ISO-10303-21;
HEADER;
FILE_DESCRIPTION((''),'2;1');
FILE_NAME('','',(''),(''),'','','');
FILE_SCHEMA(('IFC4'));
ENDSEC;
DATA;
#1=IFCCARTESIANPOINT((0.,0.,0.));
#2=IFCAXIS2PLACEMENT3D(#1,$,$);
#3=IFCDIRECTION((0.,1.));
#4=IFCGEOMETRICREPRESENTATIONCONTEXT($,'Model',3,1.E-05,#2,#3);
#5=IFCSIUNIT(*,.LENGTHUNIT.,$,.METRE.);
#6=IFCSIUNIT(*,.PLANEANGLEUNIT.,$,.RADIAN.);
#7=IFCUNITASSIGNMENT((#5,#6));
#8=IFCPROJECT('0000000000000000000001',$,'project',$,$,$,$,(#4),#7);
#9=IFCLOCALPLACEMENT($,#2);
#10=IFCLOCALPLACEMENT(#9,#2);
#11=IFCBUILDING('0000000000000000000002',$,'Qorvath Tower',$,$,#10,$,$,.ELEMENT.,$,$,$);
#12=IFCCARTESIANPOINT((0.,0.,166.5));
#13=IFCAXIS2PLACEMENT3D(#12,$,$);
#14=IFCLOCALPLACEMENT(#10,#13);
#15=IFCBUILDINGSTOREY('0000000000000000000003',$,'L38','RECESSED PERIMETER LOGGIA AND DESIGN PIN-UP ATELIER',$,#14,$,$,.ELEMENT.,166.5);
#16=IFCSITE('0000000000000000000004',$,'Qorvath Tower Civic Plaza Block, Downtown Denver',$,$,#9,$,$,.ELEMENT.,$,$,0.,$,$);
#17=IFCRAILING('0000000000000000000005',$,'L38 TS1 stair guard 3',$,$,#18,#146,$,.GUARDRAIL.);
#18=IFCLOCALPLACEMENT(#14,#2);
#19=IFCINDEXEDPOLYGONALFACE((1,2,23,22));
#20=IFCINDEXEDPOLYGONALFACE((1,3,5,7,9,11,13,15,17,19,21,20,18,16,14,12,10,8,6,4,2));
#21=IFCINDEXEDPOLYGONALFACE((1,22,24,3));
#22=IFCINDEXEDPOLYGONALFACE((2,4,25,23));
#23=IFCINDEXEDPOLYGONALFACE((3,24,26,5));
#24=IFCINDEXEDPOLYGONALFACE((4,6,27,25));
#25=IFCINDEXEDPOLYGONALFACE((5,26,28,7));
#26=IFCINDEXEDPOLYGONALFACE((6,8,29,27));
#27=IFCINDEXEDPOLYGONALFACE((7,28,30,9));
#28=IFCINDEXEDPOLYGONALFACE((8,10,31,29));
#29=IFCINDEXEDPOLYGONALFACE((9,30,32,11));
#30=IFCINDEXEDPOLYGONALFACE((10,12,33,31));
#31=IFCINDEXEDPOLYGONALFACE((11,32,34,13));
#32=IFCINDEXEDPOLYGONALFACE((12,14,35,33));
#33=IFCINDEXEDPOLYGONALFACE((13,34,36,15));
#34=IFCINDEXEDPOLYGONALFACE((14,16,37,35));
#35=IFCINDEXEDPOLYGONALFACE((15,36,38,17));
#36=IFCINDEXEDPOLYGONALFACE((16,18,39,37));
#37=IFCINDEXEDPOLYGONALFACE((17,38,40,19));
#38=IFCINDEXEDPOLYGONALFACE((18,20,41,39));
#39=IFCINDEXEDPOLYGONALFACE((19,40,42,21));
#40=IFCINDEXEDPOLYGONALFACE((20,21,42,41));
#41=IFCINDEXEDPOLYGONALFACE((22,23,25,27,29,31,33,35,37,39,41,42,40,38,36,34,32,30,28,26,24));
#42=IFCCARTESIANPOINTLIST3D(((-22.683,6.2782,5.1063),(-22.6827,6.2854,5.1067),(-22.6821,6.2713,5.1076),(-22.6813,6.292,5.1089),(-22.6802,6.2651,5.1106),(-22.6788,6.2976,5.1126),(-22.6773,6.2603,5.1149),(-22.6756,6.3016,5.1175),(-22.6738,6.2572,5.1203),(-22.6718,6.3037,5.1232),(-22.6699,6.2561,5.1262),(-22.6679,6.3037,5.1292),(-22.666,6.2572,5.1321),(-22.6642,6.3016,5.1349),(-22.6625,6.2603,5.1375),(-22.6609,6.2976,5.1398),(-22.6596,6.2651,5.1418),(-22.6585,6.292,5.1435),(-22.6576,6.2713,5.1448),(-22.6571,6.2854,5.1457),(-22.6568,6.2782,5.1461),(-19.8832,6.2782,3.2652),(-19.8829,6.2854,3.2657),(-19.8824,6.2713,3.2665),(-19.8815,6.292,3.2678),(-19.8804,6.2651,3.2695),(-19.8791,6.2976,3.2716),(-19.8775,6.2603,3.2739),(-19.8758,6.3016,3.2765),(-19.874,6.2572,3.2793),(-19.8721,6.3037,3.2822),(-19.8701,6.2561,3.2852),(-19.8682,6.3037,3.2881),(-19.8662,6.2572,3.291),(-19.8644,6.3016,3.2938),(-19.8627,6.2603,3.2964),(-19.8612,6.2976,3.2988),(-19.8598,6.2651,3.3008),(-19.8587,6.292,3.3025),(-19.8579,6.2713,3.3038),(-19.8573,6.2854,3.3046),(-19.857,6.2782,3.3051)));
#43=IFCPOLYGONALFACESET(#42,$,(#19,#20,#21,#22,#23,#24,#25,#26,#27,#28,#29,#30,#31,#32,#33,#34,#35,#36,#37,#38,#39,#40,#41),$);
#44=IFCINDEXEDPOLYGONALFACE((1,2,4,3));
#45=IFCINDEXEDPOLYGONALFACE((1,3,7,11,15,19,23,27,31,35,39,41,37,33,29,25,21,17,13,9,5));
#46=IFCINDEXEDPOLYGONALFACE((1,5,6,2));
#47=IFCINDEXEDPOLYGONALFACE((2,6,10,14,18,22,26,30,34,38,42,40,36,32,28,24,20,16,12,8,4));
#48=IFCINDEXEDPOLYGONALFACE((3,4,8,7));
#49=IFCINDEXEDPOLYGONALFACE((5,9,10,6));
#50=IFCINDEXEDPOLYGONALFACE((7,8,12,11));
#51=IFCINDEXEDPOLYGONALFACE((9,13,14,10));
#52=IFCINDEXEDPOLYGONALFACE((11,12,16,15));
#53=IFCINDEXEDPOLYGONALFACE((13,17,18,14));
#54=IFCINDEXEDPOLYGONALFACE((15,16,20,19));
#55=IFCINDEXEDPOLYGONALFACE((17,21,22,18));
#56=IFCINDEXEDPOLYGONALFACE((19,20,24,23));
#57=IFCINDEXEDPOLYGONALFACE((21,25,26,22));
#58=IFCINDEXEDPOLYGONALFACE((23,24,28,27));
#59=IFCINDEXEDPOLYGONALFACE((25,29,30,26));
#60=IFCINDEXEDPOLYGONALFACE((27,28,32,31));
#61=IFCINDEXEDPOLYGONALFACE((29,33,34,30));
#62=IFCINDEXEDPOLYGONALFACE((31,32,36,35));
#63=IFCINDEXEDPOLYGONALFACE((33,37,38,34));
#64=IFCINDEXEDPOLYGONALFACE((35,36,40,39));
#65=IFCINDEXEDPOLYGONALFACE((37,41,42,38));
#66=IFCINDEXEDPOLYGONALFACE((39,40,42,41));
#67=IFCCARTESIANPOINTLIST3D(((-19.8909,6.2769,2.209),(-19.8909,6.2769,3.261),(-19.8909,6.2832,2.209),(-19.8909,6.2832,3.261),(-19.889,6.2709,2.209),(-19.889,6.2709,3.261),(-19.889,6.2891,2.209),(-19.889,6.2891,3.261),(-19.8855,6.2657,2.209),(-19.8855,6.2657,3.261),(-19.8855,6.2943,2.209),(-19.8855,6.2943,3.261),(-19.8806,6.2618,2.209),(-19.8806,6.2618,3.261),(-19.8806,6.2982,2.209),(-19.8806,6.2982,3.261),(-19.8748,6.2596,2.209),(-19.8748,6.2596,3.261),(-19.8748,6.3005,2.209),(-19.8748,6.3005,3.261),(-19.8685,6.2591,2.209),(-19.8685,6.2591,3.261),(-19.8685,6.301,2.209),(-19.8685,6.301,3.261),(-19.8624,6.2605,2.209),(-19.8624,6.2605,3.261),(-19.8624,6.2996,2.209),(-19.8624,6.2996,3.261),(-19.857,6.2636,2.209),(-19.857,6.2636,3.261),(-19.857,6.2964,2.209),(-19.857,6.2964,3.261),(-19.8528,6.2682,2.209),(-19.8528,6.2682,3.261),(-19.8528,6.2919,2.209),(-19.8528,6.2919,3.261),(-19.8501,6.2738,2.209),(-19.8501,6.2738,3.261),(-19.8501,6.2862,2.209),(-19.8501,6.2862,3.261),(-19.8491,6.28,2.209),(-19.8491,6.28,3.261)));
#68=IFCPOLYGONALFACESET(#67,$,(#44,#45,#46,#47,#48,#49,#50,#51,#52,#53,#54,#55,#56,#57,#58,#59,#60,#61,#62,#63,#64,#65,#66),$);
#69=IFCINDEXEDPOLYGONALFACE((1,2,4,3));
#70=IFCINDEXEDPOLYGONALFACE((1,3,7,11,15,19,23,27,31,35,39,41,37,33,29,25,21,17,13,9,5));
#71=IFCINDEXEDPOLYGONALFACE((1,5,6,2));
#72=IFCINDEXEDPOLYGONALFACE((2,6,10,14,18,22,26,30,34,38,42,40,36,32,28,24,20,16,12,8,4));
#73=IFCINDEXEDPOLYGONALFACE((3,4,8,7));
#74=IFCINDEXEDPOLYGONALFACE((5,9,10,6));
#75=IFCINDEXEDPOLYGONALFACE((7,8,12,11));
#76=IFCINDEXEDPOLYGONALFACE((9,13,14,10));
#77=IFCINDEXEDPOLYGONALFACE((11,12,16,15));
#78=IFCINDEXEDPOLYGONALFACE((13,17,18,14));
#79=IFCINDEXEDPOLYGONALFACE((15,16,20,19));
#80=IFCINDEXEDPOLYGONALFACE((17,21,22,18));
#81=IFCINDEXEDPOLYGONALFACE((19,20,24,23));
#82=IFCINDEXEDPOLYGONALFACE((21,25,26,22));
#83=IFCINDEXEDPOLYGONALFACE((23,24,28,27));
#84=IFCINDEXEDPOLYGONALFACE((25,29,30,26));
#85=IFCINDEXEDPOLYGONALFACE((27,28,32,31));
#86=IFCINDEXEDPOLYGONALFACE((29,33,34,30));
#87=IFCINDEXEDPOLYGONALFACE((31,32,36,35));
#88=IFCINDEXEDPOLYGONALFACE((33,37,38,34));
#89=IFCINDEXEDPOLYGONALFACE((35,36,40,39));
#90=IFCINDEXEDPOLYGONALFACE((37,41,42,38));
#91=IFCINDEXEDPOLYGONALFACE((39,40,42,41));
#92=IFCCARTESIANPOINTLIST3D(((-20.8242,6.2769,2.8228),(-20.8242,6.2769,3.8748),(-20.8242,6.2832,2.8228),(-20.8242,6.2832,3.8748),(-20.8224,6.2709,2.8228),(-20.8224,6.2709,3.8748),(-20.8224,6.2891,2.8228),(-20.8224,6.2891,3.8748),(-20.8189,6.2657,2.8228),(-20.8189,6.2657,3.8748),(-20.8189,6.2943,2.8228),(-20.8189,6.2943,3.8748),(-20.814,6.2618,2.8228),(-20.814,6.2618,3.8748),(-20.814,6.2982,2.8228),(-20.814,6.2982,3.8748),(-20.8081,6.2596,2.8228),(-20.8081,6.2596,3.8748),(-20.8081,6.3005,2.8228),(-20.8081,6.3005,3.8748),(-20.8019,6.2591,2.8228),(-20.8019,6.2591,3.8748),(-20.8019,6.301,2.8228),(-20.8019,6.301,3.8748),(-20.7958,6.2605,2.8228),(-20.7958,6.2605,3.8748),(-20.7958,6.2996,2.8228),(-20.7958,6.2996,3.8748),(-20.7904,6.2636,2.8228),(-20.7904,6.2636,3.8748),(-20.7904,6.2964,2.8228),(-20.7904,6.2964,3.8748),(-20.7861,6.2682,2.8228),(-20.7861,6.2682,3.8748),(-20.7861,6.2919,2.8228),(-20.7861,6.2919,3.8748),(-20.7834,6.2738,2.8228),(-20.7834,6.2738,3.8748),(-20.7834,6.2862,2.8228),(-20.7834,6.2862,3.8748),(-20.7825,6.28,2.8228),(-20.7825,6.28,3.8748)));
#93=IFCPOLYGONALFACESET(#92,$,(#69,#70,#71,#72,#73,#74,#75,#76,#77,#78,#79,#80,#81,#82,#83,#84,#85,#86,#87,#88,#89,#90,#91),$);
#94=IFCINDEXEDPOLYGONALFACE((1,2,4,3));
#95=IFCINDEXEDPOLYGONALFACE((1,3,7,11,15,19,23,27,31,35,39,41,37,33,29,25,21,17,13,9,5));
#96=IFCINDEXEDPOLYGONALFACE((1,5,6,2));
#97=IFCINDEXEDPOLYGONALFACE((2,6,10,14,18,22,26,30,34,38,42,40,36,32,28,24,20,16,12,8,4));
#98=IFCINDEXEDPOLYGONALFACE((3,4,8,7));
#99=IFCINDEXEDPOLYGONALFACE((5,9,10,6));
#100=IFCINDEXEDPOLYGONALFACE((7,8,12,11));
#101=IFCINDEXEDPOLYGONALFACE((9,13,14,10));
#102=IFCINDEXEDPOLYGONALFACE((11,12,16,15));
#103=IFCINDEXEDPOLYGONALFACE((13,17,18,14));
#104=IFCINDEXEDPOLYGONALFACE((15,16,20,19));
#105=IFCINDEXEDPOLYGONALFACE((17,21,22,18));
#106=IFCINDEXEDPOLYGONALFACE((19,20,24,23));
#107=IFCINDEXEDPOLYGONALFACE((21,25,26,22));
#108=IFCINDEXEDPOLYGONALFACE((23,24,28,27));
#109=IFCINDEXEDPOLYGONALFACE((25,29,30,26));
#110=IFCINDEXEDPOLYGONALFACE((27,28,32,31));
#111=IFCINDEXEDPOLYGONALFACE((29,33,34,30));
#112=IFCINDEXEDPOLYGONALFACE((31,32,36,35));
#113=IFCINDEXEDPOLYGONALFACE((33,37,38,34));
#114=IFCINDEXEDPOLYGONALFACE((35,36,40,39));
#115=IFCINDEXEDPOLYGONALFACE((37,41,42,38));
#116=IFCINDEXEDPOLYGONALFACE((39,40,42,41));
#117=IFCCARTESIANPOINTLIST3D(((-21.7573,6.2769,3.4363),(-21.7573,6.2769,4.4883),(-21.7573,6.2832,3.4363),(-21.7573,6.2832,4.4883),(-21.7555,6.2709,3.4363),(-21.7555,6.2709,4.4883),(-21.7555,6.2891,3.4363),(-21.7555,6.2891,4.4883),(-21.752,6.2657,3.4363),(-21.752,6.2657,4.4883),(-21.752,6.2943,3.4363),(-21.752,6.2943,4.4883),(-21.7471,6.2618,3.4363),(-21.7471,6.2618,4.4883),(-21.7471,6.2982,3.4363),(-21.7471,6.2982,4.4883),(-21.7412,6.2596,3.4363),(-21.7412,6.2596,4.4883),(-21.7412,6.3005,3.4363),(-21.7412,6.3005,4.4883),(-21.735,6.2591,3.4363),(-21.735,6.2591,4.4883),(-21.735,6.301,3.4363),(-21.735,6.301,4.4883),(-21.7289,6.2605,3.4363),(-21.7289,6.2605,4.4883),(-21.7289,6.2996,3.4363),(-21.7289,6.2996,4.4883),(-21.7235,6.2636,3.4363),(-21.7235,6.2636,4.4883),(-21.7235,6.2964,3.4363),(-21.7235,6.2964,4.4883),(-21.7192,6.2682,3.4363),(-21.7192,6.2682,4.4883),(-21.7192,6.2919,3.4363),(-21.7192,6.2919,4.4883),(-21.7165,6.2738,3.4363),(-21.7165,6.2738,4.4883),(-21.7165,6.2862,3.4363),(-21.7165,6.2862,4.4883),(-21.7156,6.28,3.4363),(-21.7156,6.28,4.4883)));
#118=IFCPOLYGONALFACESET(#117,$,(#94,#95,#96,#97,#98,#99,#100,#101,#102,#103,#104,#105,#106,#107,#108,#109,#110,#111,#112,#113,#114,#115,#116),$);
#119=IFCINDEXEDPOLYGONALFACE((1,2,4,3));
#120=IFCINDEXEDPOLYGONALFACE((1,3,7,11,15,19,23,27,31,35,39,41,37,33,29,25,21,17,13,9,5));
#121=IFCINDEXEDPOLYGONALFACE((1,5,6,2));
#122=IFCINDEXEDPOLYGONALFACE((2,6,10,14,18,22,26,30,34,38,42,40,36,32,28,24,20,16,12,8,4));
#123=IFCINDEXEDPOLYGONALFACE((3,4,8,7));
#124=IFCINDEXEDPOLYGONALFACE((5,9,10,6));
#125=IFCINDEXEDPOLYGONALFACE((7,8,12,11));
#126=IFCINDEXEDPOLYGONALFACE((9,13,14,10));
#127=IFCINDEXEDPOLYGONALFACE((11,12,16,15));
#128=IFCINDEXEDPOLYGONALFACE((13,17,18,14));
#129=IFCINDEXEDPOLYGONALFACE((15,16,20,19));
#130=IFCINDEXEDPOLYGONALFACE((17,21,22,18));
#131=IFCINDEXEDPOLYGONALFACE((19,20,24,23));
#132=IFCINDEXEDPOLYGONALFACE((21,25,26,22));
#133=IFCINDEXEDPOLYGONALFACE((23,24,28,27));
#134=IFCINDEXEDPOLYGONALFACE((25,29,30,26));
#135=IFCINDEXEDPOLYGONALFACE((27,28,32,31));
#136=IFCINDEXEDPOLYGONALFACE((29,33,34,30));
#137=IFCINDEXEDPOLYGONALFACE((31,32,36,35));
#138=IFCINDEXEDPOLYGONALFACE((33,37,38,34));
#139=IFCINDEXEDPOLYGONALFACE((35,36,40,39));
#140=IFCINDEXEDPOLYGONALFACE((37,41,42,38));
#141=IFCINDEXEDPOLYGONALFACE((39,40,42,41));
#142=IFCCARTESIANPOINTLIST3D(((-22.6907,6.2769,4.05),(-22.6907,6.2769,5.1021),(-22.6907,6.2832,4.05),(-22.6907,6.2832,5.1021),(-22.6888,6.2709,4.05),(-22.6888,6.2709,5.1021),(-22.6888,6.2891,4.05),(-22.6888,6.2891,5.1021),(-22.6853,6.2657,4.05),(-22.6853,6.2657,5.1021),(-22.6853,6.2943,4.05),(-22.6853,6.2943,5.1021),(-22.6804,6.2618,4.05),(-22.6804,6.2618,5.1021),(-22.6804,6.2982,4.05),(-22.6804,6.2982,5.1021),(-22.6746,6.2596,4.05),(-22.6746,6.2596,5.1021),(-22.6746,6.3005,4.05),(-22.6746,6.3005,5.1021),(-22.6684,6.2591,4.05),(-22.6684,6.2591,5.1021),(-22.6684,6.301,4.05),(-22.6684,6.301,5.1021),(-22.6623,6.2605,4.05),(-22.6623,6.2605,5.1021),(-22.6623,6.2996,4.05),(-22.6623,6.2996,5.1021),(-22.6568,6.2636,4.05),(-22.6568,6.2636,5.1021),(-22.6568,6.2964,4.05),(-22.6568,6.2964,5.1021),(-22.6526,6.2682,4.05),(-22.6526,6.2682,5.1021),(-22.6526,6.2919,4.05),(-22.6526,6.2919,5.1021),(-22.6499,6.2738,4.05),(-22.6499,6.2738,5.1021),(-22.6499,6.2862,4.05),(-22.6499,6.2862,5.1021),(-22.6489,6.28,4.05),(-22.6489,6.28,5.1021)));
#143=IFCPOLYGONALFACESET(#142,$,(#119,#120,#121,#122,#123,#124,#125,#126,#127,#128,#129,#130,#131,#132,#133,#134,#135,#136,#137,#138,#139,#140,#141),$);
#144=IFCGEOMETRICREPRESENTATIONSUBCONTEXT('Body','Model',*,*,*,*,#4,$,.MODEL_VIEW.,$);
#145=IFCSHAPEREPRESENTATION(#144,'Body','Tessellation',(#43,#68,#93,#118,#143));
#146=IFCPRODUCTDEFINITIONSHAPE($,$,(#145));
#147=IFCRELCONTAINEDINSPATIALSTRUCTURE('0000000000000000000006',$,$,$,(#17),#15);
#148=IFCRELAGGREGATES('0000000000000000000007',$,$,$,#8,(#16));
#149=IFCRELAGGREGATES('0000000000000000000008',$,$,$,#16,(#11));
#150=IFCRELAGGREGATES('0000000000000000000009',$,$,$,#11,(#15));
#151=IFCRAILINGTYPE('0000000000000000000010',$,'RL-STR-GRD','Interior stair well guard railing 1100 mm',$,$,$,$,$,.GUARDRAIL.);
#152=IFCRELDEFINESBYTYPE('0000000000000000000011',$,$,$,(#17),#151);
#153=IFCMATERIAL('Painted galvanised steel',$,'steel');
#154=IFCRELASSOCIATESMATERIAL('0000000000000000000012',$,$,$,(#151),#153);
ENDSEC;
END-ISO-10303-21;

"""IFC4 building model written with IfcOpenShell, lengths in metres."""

from ifc_helpers import new_model, si_unit, direction, frame, origin, origin_2d, place, context, subcontext, project, spatial, circle, extrude, material, type_object, element, save


model = new_model("IFC4")

# Units and contexts
model_context = context("Model", 3, precision=1e-05, world=origin(), true_north=direction((0.0, 1.0)))
body_context = subcontext(model_context, "Body", "Model", "MODEL_VIEW")
ifc_project = project(units=[si_unit("LENGTHUNIT", "METRE"), si_unit("PLANEANGLEUNIT", "RADIAN")], contexts=[model_context])

# Site, building, storey
site_placement = place(None, origin())
site = spatial("IfcSite", under=ifc_project, at=site_placement, Name="Qorvath Tower Civic Plaza Block, Downtown Denver", CompositionType="ELEMENT", RefElevation=0.0)
building_placement = place(site_placement, origin())
building = spatial("IfcBuilding", under=site, at=building_placement, Name="Qorvath Tower", CompositionType="ELEMENT")
storey_placement = place(building_placement, frame((0.0, 0.0, 166.5)))
storey = spatial("IfcBuildingStorey", under=building, at=storey_placement, Name="L38", Description="RECESSED PERIMETER LOGGIA AND DESIGN PIN-UP ATELIER", CompositionType="ELEMENT", Elevation=166.5)

# Railing
ifc_material_1 = material(Name="Painted galvanised steel", Category="steel")
railing_type_1 = type_object("IfcRailingType", Name="RL-STR-GRD", Description="Interior stair well guard railing 1100 mm", PredefinedType="GUARDRAIL", material=ifc_material_1)
railing_1_placement = place(storey_placement, frame((-19.8701, 6.28, 2.209)))
element("IfcRailing", 1, at=railing_1_placement, inside=storey, type_object=railing_type_1, Name="L38 TS1 stair guard 3", PredefinedType="GUARDRAIL", context=body_context, shape_type="SweptSolid", body=[
    extrude(circle(Radius=0.0239, at=origin_2d()), frame((0.0, 0.0, 1.0762), z_axis=(-0.835542, 0.0, 0.549426), x_axis=(0.0, -1.0, 0.0)), (0.0, 0.0, 1.0), 3.3508),
    extrude(circle(Radius=0.021, at=origin_2d()), origin(), (0.0, 0.0, 1.0), 1.052),
    extrude(circle(Radius=0.021, at=origin_2d()), frame((-0.9333, 0.0, 0.6138)), (0.0, 0.0, 1.0), 1.052),
    extrude(circle(Radius=0.021, at=origin_2d()), frame((-1.8665, 0.0, 1.2273)), (0.0, 0.0, 1.0), 1.052),
    extrude(circle(Radius=0.021, at=origin_2d()), frame((-2.7998, 0.0, 1.8411)), (0.0, 0.0, 1.0), 1.052),
])

save(model, "model.ifc")
